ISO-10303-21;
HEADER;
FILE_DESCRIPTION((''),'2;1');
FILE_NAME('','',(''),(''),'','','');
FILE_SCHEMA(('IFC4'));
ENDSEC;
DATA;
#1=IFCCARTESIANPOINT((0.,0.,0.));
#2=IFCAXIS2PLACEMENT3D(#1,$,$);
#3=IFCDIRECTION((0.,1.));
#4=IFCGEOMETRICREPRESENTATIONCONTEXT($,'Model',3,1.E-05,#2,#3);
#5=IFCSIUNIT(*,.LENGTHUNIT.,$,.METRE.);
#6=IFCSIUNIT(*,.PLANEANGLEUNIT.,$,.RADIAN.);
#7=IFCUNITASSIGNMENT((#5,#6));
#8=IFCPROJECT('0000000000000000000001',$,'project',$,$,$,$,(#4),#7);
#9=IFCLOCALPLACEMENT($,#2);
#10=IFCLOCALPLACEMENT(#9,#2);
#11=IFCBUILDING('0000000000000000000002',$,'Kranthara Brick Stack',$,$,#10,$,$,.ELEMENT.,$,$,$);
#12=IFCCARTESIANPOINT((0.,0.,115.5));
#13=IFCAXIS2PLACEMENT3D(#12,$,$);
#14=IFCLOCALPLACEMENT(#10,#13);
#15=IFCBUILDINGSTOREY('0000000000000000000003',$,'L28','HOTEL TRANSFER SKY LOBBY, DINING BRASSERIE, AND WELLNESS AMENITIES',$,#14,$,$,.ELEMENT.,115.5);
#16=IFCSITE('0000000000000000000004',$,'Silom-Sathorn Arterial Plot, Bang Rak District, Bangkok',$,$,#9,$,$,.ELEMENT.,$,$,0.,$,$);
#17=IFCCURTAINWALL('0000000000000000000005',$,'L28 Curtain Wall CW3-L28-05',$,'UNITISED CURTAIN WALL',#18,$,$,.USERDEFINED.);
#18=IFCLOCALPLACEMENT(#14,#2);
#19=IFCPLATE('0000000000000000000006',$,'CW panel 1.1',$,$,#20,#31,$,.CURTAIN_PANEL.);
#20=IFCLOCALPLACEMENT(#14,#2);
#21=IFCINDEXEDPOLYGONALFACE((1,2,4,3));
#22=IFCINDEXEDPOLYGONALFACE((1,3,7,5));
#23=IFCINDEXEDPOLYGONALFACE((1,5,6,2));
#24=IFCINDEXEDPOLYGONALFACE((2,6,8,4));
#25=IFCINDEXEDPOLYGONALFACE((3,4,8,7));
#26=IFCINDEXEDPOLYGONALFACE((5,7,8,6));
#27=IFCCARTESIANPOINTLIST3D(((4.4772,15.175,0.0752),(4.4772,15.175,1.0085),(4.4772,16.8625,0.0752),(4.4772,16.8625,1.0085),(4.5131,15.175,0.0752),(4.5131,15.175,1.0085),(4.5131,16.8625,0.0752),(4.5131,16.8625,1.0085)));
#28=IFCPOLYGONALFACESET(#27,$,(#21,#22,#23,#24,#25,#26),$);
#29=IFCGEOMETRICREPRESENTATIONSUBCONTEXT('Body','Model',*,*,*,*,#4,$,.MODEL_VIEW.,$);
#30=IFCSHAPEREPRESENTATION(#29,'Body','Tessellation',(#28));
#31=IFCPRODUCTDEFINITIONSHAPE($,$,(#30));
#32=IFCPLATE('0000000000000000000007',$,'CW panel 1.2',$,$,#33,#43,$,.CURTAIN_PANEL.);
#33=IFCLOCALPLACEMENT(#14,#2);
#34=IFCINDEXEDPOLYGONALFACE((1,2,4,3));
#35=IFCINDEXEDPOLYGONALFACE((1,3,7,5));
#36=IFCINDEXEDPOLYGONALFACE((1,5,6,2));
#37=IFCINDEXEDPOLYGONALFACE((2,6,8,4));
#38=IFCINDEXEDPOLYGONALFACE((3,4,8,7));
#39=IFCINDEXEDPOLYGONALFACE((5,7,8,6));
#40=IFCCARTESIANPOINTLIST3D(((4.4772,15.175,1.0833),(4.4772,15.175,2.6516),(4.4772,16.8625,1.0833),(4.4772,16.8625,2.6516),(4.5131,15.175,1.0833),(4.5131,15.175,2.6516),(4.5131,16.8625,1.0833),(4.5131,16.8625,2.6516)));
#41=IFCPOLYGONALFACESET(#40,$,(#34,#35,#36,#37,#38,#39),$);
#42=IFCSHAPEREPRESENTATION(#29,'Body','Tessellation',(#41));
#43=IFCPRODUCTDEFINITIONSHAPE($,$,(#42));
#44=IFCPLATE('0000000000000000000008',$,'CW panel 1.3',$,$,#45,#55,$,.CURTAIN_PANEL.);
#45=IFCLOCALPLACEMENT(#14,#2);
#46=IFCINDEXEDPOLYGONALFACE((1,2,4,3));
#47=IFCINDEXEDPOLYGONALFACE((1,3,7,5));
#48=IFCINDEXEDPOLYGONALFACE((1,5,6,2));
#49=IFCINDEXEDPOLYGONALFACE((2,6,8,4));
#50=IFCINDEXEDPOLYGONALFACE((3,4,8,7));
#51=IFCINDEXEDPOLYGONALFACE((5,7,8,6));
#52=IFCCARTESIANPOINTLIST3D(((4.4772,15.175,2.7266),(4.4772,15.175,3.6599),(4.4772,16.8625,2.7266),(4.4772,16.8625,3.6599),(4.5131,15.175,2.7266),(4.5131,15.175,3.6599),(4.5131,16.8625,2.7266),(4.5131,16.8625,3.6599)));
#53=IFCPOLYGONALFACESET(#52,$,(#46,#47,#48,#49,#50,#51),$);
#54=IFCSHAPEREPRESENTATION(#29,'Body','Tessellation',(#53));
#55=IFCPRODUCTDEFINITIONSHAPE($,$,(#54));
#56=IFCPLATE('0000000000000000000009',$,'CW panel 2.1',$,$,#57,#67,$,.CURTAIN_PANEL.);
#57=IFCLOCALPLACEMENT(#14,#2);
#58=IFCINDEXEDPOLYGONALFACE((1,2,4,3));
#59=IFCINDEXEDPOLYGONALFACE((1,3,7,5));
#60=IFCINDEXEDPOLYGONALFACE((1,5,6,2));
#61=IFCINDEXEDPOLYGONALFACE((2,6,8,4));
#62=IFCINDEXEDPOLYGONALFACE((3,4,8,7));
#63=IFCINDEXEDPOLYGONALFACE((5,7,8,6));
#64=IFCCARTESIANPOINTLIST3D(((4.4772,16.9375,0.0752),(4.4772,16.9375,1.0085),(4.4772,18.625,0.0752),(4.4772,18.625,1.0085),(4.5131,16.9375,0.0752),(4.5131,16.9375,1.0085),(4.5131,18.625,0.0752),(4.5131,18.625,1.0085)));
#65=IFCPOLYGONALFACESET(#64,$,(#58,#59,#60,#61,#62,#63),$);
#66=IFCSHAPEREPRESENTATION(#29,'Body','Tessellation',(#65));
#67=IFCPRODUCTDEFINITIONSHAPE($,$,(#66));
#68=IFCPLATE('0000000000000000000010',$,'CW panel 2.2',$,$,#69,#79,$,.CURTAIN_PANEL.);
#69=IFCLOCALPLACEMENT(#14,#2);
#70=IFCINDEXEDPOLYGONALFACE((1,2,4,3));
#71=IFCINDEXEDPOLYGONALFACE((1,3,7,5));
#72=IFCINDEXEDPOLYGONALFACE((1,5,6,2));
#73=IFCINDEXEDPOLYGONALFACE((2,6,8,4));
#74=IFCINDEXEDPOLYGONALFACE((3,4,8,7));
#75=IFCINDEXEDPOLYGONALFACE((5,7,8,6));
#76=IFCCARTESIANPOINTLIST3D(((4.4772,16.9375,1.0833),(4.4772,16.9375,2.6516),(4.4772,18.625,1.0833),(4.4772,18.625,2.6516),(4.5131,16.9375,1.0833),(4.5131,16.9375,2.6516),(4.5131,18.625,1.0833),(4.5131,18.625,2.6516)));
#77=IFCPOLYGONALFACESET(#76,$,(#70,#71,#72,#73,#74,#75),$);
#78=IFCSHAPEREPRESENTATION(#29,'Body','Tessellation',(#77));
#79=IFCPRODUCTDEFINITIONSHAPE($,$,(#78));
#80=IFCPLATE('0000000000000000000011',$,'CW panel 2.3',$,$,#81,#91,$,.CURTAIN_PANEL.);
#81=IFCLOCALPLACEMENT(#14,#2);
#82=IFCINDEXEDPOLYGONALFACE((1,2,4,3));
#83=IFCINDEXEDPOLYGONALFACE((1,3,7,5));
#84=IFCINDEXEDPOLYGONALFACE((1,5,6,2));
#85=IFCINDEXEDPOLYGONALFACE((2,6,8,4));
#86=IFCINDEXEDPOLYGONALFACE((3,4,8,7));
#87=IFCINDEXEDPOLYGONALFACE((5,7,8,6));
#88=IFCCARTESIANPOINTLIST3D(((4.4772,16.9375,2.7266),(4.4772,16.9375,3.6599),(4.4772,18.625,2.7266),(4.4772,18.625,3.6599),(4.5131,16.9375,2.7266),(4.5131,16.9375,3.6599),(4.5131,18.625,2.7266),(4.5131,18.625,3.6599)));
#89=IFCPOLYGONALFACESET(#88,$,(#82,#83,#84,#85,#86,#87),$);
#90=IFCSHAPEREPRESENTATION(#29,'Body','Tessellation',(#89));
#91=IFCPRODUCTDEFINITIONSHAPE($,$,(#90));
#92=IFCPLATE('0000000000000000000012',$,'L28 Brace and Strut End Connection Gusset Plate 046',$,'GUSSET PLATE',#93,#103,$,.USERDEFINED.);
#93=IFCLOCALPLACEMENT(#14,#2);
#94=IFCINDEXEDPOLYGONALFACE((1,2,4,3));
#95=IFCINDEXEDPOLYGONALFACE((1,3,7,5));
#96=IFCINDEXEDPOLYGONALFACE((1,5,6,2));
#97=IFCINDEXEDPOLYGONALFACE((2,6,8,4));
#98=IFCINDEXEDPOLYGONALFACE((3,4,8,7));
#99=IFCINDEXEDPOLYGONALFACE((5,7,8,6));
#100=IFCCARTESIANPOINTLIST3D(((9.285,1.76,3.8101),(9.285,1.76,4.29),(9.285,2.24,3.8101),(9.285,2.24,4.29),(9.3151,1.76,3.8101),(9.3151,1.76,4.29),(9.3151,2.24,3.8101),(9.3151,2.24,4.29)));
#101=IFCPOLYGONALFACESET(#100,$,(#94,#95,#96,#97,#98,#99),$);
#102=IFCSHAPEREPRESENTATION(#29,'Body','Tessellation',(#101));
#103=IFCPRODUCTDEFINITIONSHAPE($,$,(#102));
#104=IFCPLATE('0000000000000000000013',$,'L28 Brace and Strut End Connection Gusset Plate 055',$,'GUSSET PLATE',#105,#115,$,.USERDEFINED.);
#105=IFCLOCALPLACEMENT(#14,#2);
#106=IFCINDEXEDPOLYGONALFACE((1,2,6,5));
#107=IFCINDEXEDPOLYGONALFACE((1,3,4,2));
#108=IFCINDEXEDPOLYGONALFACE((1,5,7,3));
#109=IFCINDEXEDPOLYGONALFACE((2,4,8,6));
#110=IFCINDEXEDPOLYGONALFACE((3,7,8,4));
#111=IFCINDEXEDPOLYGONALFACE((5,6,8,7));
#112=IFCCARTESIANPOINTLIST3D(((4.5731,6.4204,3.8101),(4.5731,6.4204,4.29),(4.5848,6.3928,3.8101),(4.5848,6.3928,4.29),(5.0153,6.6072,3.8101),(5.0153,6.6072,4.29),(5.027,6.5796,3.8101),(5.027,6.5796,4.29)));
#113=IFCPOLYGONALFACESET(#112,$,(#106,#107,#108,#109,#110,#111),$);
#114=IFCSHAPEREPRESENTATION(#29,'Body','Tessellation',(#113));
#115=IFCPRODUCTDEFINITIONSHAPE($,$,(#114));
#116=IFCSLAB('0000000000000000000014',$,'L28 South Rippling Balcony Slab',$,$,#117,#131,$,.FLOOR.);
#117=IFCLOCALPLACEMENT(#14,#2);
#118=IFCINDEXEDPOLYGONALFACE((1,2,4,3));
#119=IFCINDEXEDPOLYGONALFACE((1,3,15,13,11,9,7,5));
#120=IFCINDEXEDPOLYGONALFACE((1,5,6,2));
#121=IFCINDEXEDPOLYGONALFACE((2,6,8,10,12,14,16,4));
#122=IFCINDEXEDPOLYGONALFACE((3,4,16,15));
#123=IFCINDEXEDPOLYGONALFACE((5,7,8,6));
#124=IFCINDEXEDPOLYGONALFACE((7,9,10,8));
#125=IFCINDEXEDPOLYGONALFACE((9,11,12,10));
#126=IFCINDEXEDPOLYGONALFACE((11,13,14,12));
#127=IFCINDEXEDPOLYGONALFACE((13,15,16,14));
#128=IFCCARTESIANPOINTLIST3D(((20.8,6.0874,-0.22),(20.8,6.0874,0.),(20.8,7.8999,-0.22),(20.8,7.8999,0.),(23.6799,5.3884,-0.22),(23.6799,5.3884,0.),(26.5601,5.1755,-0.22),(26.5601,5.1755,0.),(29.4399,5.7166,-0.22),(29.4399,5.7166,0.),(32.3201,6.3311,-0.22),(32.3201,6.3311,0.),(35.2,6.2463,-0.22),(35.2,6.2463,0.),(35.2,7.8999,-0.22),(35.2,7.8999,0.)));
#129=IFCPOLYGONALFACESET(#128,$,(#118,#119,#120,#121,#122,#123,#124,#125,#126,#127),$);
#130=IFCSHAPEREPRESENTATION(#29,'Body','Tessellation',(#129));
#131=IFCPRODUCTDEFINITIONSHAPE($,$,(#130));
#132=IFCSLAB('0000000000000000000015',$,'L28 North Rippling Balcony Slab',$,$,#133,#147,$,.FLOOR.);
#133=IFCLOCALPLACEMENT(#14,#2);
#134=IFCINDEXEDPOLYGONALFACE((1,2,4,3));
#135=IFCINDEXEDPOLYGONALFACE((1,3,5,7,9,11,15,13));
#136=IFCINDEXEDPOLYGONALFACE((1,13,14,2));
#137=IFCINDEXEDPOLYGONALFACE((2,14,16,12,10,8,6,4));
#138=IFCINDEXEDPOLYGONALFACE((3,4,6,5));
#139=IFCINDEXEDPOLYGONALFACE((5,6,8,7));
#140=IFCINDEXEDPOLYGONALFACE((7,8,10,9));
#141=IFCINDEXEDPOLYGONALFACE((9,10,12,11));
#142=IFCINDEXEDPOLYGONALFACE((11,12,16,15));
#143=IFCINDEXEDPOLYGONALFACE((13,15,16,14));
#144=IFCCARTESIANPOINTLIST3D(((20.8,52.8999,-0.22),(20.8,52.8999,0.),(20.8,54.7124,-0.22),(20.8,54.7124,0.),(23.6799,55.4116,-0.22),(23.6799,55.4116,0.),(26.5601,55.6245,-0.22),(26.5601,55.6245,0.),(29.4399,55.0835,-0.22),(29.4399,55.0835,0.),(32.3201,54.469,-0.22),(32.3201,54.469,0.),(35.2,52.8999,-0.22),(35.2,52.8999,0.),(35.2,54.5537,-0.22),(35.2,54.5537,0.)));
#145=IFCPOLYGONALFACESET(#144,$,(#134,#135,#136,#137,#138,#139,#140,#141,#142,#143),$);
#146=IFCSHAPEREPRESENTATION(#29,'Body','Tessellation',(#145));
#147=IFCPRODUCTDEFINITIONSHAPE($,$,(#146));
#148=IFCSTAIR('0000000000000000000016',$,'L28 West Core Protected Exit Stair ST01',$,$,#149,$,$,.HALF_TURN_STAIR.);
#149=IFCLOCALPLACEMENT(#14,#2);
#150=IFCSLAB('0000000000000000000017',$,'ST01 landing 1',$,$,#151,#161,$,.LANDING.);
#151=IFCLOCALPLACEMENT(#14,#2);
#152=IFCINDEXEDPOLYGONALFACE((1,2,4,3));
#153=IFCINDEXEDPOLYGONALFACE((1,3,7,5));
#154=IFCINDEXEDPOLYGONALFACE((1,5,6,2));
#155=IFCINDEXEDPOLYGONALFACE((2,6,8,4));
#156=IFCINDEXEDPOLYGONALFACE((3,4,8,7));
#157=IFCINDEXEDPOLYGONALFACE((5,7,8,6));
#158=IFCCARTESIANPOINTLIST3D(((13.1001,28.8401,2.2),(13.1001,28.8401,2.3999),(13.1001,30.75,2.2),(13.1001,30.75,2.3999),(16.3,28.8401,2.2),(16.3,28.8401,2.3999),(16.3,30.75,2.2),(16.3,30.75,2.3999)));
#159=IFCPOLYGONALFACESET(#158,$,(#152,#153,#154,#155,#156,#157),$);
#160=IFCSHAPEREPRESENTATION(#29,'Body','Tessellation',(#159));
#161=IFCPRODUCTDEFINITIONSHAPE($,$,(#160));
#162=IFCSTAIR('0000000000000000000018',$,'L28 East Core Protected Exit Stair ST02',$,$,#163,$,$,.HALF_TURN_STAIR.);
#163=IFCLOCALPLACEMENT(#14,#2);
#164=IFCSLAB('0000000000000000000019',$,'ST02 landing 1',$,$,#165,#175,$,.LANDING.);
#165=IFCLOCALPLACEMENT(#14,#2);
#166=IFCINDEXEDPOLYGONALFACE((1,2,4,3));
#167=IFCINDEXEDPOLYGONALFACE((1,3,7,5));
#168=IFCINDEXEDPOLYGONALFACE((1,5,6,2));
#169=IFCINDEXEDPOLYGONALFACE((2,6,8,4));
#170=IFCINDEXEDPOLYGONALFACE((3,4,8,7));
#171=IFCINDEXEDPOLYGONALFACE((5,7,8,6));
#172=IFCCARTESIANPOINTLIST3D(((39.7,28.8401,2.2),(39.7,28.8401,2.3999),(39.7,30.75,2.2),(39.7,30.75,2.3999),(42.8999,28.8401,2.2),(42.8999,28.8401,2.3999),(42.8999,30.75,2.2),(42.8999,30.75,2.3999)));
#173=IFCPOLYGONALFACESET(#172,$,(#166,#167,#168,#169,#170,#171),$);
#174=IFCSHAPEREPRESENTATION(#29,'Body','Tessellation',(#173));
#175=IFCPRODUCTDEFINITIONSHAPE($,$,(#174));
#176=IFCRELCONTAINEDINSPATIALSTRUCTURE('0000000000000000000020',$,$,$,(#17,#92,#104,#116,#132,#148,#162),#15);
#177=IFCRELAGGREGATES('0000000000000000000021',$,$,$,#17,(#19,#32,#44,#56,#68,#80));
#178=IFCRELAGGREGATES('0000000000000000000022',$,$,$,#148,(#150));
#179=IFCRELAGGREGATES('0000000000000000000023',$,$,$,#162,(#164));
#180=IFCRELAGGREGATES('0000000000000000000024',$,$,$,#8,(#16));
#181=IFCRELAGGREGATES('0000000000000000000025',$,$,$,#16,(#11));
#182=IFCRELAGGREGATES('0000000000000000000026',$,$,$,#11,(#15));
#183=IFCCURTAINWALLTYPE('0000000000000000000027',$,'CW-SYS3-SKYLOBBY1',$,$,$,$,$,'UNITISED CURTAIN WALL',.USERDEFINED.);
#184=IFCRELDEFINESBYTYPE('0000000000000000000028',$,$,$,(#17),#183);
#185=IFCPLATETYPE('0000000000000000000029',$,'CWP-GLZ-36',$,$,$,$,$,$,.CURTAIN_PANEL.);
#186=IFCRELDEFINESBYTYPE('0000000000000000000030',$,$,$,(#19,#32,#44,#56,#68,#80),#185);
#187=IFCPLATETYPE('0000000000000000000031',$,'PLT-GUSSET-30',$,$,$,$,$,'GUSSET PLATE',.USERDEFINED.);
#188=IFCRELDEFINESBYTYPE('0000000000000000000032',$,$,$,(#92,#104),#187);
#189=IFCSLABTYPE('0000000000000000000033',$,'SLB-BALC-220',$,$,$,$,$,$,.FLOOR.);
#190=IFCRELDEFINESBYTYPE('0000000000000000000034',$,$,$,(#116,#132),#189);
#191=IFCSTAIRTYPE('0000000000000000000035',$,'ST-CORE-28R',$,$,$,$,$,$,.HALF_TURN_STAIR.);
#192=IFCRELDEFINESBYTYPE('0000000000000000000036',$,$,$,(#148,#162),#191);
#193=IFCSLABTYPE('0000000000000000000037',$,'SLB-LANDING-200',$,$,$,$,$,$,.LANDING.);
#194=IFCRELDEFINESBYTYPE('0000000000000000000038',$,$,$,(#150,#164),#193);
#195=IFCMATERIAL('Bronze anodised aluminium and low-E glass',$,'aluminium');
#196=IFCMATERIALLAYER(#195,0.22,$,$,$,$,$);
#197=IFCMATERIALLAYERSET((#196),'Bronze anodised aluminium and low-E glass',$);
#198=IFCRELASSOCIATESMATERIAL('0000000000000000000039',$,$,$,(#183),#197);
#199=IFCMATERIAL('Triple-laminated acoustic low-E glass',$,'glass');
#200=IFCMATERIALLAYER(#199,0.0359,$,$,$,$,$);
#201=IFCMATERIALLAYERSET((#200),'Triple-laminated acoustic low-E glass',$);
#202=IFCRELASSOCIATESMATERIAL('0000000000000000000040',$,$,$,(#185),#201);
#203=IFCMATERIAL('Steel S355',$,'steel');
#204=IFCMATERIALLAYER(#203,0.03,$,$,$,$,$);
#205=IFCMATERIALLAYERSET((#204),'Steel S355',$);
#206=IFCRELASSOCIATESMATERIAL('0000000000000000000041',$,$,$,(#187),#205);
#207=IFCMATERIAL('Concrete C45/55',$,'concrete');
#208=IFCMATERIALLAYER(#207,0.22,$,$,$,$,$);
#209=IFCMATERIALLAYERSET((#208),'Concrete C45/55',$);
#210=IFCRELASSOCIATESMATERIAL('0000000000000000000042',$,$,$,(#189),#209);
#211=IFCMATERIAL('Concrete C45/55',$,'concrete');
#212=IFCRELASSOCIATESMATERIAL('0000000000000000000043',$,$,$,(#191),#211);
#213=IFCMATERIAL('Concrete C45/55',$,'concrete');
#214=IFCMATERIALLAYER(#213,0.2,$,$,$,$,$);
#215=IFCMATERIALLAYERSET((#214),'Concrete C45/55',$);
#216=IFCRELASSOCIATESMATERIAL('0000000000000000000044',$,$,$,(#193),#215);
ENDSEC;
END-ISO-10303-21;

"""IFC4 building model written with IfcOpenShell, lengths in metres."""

from ifc_helpers import new_model, si_unit, direction, frame, origin, origin_2d, place, context, subcontext, project, spatial, polyline, rectangle, outline, extrude, material, layer, layer_set, type_object, element, aggregate, save


model = new_model("IFC4")

# Units and contexts
model_context = context("Model", 3, precision=1e-05, world=origin(), true_north=direction((0.0, 1.0)))
body_context = subcontext(model_context, "Body", "Model", "MODEL_VIEW")
ifc_project = project(units=[si_unit("LENGTHUNIT", "METRE"), si_unit("PLANEANGLEUNIT", "RADIAN")], contexts=[model_context])

# Site, building, storey
site_placement = place(None, origin())
site = spatial("IfcSite", under=ifc_project, at=site_placement, Name="Silom-Sathorn Arterial Plot, Bang Rak District, Bangkok", CompositionType="ELEMENT", RefElevation=0.0)
building_placement = place(site_placement, origin())
building = spatial("IfcBuilding", under=site, at=building_placement, Name="Kranthara Brick Stack", CompositionType="ELEMENT")
storey_placement = place(building_placement, frame((0.0, 0.0, 115.5)))
storey = spatial("IfcBuildingStorey", under=building, at=storey_placement, Name="L28", Description="HOTEL TRANSFER SKY LOBBY, DINING BRASSERIE, AND WELLNESS AMENITIES", CompositionType="ELEMENT", Elevation=115.5)

# Curtain wall, plates
ifc_material_1 = material(Name="Bronze anodised aluminium and low-E glass", Category="aluminium")
ifc_layer_1 = layer(ifc_material_1, 0.22)
ifc_layer_set_1 = layer_set([ifc_layer_1], Name="Bronze anodised aluminium and low-E glass")
curtain_wall_type = type_object("IfcCurtainWallType", Name="CW-SYS3-SKYLOBBY1", ElementType="UNITISED CURTAIN WALL", PredefinedType="USERDEFINED", material=ifc_layer_set_1)
curtain_wall_placement = place(storey_placement, origin())
curtain_wall = element("IfcCurtainWall", 1, at=curtain_wall_placement, inside=storey, type_object=curtain_wall_type, Name="L28 Curtain Wall CW3-L28-05", ObjectType="UNITISED CURTAIN WALL", PredefinedType="USERDEFINED")
ifc_material_2 = material(Name="Triple-laminated acoustic low-E glass", Category="glass")
ifc_layer_2 = layer(ifc_material_2, 0.0359)
ifc_layer_set_2 = layer_set([ifc_layer_2], Name="Triple-laminated acoustic low-E glass")
plate_type_1 = type_object("IfcPlateType", Name="CWP-GLZ-36", PredefinedType="CURTAIN_PANEL", material=ifc_layer_set_2)
plate_1_placement = place(storey_placement, frame((4.4951, 16.0188, 0.0752), z_axis=(0.0, 0.0, 1.0), x_axis=(0.0, 1.0, 0.0)))
plate_1 = element("IfcPlate", 2, at=plate_1_placement, type_object=plate_type_1, Name="CW panel 1.1", PredefinedType="CURTAIN_PANEL", context=body_context, shape_type="SweptSolid", body=[
    extrude(rectangle(XDim=1.6875, YDim=0.0359, at=origin_2d()), origin(), (0.0, 0.0, 1.0), 0.9333),
])
plate_2_placement = place(storey_placement, frame((4.4951, 16.0188, 1.0833), z_axis=(0.0, 0.0, 1.0), x_axis=(0.0, 1.0, 0.0)))
plate_2 = element("IfcPlate", 3, at=plate_2_placement, type_object=plate_type_1, Name="CW panel 1.2", PredefinedType="CURTAIN_PANEL", context=body_context, shape_type="SweptSolid", body=[
    extrude(rectangle(XDim=1.6875, YDim=0.0359, at=origin_2d()), origin(), (0.0, 0.0, 1.0), 1.5684),
])
plate_3_placement = place(storey_placement, frame((4.4951, 16.0188, 2.7266), z_axis=(0.0, 0.0, 1.0), x_axis=(0.0, 1.0, 0.0)))
plate_3 = element("IfcPlate", 4, at=plate_3_placement, type_object=plate_type_1, Name="CW panel 1.3", PredefinedType="CURTAIN_PANEL", context=body_context, shape_type="SweptSolid", body=[
    extrude(rectangle(XDim=1.6875, YDim=0.0359, at=origin_2d()), origin(), (0.0, 0.0, 1.0), 0.9333),
])
plate_4_placement = place(storey_placement, frame((4.4951, 17.7812, 0.0752), z_axis=(0.0, 0.0, 1.0), x_axis=(0.0, 1.0, 0.0)))
plate_4 = element("IfcPlate", 5, at=plate_4_placement, type_object=plate_type_1, Name="CW panel 2.1", PredefinedType="CURTAIN_PANEL", context=body_context, shape_type="SweptSolid", body=[
    extrude(rectangle(XDim=1.6875, YDim=0.0359, at=origin_2d()), origin(), (0.0, 0.0, 1.0), 0.9333),
])
plate_5_placement = place(storey_placement, frame((4.4951, 17.7812, 1.0833), z_axis=(0.0, 0.0, 1.0), x_axis=(0.0, 1.0, 0.0)))
plate_5 = element("IfcPlate", 6, at=plate_5_placement, type_object=plate_type_1, Name="CW panel 2.2", PredefinedType="CURTAIN_PANEL", context=body_context, shape_type="SweptSolid", body=[
    extrude(rectangle(XDim=1.6875, YDim=0.0359, at=origin_2d()), origin(), (0.0, 0.0, 1.0), 1.5684),
])
plate_6_placement = place(storey_placement, frame((4.4951, 17.7812, 2.7266), z_axis=(0.0, 0.0, 1.0), x_axis=(0.0, 1.0, 0.0)))
plate_6 = element("IfcPlate", 7, at=plate_6_placement, type_object=plate_type_1, Name="CW panel 2.3", PredefinedType="CURTAIN_PANEL", context=body_context, shape_type="SweptSolid", body=[
    extrude(rectangle(XDim=1.6875, YDim=0.0359, at=origin_2d()), origin(), (0.0, 0.0, 1.0), 0.9333),
])
aggregate(curtain_wall, [plate_1, plate_2, plate_3, plate_4, plate_5, plate_6])

# Plates
ifc_material_3 = material(Name="Steel S355", Category="steel")
ifc_layer_3 = layer(ifc_material_3, 0.03)
ifc_layer_set_3 = layer_set([ifc_layer_3], Name="Steel S355")
plate_type_2 = type_object("IfcPlateType", Name="PLT-GUSSET-30", ElementType="GUSSET PLATE", PredefinedType="USERDEFINED", material=ifc_layer_set_3)
for number, where, z_axis, x_axis, name in (
    (8, (9.3, 2.0, 3.8101), (0.0, 0.0, 1.0), (0.0, 1.0, 0.0), "L28 Brace and Strut End Connection Gusset Plate 046"),
    (9, (4.8, 6.5, 3.8101), (0.0, 0.0, 1.0), (0.921185, 0.389124, 0.0), "L28 Brace and Strut End Connection Gusset Plate 055"),
):
    element("IfcPlate", number, at=place(storey_placement, frame(where, z_axis=z_axis, x_axis=x_axis)), inside=storey, type_object=plate_type_2, Name=name, ObjectType="GUSSET PLATE", PredefinedType="USERDEFINED", context=body_context, shape_type="SweptSolid", body=[
        extrude(rectangle(XDim=0.48, YDim=0.03, at=origin_2d()), origin(), (0.0, 0.0, 1.0), 0.48),
    ])

# Slabs
ifc_material_4 = material(Name="Concrete C45/55", Category="concrete")
ifc_layer_4 = layer(ifc_material_4, 0.22)
ifc_layer_set_4 = layer_set([ifc_layer_4], Name="Concrete C45/55")
slab_type_1 = type_object("IfcSlabType", Name="SLB-BALC-220", PredefinedType="FLOOR", material=ifc_layer_set_4)
slab_1_placement = place(storey_placement, frame((0.0, 0.0, -0.22)))
element("IfcSlab", 10, at=slab_1_placement, inside=storey, type_object=slab_type_1, Name="L28 South Rippling Balcony Slab", PredefinedType="FLOOR", context=body_context, shape_type="SweptSolid", body=[
    extrude(outline(polyline([(20.8, 7.8999), (35.2, 7.8999), (35.2, 6.2463), (32.3201, 6.3311), (29.4399, 5.7166), (26.5601, 5.1755), (23.6799, 5.3884), (20.8, 6.0874), (20.8, 7.8999)])), origin(), (0.0, 0.0, 1.0), 0.22),
])
slab_2_placement = place(storey_placement, frame((0.0, 0.0, -0.22)))
element("IfcSlab", 11, at=slab_2_placement, inside=storey, type_object=slab_type_1, Name="L28 North Rippling Balcony Slab", PredefinedType="FLOOR", context=body_context, shape_type="SweptSolid", body=[
    extrude(outline(polyline([(35.2, 52.8999), (20.8, 52.8999), (20.8, 54.7124), (23.6799, 55.4116), (26.5601, 55.6245), (29.4399, 55.0835), (32.3201, 54.469), (35.2, 54.5537), (35.2, 52.8999)])), origin(), (0.0, 0.0, 1.0), 0.22),
])

# Stairs, slabs
ifc_material_5 = material(Name="Concrete C45/55", Category="concrete")
stair_type = type_object("IfcStairType", Name="ST-CORE-28R", PredefinedType="HALF_TURN_STAIR", material=ifc_material_5)
stair_1_placement = place(storey_placement, origin())
stair_1 = element("IfcStair", 12, at=stair_1_placement, inside=storey, type_object=stair_type, Name="L28 West Core Protected Exit Stair ST01", PredefinedType="HALF_TURN_STAIR")
ifc_material_6 = material(Name="Concrete C45/55", Category="concrete")
ifc_layer_5 = layer(ifc_material_6, 0.2)
ifc_layer_set_5 = layer_set([ifc_layer_5], Name="Concrete C45/55")
slab_type_2 = type_object("IfcSlabType", Name="SLB-LANDING-200", PredefinedType="LANDING", material=ifc_layer_set_5)
slab_3_placement = place(storey_placement, frame((0.0, 0.0, 2.2)))
slab_3 = element("IfcSlab", 13, at=slab_3_placement, type_object=slab_type_2, Name="ST01 landing 1", PredefinedType="LANDING", context=body_context, shape_type="SweptSolid", body=[
    extrude(outline(polyline([(16.3, 28.8401), (16.3, 30.75), (13.1001, 30.75), (13.1001, 28.8401), (16.3, 28.8401)])), origin(), (0.0, 0.0, 1.0), 0.2),
])
aggregate(stair_1, [slab_3])
stair_2_placement = place(storey_placement, origin())
stair_2 = element("IfcStair", 14, at=stair_2_placement, inside=storey, type_object=stair_type, Name="L28 East Core Protected Exit Stair ST02", PredefinedType="HALF_TURN_STAIR")
slab_4_placement = place(storey_placement, frame((0.0, 0.0, 2.2)))
slab_4 = element("IfcSlab", 15, at=slab_4_placement, type_object=slab_type_2, Name="ST02 landing 1", PredefinedType="LANDING", context=body_context, shape_type="SweptSolid", body=[
    extrude(outline(polyline([(42.8999, 28.8401), (42.8999, 30.75), (39.7, 30.75), (39.7, 28.8401), (42.8999, 28.8401)])), origin(), (0.0, 0.0, 1.0), 0.2),
])
aggregate(stair_2, [slab_4])

save(model, "model.ifc")
